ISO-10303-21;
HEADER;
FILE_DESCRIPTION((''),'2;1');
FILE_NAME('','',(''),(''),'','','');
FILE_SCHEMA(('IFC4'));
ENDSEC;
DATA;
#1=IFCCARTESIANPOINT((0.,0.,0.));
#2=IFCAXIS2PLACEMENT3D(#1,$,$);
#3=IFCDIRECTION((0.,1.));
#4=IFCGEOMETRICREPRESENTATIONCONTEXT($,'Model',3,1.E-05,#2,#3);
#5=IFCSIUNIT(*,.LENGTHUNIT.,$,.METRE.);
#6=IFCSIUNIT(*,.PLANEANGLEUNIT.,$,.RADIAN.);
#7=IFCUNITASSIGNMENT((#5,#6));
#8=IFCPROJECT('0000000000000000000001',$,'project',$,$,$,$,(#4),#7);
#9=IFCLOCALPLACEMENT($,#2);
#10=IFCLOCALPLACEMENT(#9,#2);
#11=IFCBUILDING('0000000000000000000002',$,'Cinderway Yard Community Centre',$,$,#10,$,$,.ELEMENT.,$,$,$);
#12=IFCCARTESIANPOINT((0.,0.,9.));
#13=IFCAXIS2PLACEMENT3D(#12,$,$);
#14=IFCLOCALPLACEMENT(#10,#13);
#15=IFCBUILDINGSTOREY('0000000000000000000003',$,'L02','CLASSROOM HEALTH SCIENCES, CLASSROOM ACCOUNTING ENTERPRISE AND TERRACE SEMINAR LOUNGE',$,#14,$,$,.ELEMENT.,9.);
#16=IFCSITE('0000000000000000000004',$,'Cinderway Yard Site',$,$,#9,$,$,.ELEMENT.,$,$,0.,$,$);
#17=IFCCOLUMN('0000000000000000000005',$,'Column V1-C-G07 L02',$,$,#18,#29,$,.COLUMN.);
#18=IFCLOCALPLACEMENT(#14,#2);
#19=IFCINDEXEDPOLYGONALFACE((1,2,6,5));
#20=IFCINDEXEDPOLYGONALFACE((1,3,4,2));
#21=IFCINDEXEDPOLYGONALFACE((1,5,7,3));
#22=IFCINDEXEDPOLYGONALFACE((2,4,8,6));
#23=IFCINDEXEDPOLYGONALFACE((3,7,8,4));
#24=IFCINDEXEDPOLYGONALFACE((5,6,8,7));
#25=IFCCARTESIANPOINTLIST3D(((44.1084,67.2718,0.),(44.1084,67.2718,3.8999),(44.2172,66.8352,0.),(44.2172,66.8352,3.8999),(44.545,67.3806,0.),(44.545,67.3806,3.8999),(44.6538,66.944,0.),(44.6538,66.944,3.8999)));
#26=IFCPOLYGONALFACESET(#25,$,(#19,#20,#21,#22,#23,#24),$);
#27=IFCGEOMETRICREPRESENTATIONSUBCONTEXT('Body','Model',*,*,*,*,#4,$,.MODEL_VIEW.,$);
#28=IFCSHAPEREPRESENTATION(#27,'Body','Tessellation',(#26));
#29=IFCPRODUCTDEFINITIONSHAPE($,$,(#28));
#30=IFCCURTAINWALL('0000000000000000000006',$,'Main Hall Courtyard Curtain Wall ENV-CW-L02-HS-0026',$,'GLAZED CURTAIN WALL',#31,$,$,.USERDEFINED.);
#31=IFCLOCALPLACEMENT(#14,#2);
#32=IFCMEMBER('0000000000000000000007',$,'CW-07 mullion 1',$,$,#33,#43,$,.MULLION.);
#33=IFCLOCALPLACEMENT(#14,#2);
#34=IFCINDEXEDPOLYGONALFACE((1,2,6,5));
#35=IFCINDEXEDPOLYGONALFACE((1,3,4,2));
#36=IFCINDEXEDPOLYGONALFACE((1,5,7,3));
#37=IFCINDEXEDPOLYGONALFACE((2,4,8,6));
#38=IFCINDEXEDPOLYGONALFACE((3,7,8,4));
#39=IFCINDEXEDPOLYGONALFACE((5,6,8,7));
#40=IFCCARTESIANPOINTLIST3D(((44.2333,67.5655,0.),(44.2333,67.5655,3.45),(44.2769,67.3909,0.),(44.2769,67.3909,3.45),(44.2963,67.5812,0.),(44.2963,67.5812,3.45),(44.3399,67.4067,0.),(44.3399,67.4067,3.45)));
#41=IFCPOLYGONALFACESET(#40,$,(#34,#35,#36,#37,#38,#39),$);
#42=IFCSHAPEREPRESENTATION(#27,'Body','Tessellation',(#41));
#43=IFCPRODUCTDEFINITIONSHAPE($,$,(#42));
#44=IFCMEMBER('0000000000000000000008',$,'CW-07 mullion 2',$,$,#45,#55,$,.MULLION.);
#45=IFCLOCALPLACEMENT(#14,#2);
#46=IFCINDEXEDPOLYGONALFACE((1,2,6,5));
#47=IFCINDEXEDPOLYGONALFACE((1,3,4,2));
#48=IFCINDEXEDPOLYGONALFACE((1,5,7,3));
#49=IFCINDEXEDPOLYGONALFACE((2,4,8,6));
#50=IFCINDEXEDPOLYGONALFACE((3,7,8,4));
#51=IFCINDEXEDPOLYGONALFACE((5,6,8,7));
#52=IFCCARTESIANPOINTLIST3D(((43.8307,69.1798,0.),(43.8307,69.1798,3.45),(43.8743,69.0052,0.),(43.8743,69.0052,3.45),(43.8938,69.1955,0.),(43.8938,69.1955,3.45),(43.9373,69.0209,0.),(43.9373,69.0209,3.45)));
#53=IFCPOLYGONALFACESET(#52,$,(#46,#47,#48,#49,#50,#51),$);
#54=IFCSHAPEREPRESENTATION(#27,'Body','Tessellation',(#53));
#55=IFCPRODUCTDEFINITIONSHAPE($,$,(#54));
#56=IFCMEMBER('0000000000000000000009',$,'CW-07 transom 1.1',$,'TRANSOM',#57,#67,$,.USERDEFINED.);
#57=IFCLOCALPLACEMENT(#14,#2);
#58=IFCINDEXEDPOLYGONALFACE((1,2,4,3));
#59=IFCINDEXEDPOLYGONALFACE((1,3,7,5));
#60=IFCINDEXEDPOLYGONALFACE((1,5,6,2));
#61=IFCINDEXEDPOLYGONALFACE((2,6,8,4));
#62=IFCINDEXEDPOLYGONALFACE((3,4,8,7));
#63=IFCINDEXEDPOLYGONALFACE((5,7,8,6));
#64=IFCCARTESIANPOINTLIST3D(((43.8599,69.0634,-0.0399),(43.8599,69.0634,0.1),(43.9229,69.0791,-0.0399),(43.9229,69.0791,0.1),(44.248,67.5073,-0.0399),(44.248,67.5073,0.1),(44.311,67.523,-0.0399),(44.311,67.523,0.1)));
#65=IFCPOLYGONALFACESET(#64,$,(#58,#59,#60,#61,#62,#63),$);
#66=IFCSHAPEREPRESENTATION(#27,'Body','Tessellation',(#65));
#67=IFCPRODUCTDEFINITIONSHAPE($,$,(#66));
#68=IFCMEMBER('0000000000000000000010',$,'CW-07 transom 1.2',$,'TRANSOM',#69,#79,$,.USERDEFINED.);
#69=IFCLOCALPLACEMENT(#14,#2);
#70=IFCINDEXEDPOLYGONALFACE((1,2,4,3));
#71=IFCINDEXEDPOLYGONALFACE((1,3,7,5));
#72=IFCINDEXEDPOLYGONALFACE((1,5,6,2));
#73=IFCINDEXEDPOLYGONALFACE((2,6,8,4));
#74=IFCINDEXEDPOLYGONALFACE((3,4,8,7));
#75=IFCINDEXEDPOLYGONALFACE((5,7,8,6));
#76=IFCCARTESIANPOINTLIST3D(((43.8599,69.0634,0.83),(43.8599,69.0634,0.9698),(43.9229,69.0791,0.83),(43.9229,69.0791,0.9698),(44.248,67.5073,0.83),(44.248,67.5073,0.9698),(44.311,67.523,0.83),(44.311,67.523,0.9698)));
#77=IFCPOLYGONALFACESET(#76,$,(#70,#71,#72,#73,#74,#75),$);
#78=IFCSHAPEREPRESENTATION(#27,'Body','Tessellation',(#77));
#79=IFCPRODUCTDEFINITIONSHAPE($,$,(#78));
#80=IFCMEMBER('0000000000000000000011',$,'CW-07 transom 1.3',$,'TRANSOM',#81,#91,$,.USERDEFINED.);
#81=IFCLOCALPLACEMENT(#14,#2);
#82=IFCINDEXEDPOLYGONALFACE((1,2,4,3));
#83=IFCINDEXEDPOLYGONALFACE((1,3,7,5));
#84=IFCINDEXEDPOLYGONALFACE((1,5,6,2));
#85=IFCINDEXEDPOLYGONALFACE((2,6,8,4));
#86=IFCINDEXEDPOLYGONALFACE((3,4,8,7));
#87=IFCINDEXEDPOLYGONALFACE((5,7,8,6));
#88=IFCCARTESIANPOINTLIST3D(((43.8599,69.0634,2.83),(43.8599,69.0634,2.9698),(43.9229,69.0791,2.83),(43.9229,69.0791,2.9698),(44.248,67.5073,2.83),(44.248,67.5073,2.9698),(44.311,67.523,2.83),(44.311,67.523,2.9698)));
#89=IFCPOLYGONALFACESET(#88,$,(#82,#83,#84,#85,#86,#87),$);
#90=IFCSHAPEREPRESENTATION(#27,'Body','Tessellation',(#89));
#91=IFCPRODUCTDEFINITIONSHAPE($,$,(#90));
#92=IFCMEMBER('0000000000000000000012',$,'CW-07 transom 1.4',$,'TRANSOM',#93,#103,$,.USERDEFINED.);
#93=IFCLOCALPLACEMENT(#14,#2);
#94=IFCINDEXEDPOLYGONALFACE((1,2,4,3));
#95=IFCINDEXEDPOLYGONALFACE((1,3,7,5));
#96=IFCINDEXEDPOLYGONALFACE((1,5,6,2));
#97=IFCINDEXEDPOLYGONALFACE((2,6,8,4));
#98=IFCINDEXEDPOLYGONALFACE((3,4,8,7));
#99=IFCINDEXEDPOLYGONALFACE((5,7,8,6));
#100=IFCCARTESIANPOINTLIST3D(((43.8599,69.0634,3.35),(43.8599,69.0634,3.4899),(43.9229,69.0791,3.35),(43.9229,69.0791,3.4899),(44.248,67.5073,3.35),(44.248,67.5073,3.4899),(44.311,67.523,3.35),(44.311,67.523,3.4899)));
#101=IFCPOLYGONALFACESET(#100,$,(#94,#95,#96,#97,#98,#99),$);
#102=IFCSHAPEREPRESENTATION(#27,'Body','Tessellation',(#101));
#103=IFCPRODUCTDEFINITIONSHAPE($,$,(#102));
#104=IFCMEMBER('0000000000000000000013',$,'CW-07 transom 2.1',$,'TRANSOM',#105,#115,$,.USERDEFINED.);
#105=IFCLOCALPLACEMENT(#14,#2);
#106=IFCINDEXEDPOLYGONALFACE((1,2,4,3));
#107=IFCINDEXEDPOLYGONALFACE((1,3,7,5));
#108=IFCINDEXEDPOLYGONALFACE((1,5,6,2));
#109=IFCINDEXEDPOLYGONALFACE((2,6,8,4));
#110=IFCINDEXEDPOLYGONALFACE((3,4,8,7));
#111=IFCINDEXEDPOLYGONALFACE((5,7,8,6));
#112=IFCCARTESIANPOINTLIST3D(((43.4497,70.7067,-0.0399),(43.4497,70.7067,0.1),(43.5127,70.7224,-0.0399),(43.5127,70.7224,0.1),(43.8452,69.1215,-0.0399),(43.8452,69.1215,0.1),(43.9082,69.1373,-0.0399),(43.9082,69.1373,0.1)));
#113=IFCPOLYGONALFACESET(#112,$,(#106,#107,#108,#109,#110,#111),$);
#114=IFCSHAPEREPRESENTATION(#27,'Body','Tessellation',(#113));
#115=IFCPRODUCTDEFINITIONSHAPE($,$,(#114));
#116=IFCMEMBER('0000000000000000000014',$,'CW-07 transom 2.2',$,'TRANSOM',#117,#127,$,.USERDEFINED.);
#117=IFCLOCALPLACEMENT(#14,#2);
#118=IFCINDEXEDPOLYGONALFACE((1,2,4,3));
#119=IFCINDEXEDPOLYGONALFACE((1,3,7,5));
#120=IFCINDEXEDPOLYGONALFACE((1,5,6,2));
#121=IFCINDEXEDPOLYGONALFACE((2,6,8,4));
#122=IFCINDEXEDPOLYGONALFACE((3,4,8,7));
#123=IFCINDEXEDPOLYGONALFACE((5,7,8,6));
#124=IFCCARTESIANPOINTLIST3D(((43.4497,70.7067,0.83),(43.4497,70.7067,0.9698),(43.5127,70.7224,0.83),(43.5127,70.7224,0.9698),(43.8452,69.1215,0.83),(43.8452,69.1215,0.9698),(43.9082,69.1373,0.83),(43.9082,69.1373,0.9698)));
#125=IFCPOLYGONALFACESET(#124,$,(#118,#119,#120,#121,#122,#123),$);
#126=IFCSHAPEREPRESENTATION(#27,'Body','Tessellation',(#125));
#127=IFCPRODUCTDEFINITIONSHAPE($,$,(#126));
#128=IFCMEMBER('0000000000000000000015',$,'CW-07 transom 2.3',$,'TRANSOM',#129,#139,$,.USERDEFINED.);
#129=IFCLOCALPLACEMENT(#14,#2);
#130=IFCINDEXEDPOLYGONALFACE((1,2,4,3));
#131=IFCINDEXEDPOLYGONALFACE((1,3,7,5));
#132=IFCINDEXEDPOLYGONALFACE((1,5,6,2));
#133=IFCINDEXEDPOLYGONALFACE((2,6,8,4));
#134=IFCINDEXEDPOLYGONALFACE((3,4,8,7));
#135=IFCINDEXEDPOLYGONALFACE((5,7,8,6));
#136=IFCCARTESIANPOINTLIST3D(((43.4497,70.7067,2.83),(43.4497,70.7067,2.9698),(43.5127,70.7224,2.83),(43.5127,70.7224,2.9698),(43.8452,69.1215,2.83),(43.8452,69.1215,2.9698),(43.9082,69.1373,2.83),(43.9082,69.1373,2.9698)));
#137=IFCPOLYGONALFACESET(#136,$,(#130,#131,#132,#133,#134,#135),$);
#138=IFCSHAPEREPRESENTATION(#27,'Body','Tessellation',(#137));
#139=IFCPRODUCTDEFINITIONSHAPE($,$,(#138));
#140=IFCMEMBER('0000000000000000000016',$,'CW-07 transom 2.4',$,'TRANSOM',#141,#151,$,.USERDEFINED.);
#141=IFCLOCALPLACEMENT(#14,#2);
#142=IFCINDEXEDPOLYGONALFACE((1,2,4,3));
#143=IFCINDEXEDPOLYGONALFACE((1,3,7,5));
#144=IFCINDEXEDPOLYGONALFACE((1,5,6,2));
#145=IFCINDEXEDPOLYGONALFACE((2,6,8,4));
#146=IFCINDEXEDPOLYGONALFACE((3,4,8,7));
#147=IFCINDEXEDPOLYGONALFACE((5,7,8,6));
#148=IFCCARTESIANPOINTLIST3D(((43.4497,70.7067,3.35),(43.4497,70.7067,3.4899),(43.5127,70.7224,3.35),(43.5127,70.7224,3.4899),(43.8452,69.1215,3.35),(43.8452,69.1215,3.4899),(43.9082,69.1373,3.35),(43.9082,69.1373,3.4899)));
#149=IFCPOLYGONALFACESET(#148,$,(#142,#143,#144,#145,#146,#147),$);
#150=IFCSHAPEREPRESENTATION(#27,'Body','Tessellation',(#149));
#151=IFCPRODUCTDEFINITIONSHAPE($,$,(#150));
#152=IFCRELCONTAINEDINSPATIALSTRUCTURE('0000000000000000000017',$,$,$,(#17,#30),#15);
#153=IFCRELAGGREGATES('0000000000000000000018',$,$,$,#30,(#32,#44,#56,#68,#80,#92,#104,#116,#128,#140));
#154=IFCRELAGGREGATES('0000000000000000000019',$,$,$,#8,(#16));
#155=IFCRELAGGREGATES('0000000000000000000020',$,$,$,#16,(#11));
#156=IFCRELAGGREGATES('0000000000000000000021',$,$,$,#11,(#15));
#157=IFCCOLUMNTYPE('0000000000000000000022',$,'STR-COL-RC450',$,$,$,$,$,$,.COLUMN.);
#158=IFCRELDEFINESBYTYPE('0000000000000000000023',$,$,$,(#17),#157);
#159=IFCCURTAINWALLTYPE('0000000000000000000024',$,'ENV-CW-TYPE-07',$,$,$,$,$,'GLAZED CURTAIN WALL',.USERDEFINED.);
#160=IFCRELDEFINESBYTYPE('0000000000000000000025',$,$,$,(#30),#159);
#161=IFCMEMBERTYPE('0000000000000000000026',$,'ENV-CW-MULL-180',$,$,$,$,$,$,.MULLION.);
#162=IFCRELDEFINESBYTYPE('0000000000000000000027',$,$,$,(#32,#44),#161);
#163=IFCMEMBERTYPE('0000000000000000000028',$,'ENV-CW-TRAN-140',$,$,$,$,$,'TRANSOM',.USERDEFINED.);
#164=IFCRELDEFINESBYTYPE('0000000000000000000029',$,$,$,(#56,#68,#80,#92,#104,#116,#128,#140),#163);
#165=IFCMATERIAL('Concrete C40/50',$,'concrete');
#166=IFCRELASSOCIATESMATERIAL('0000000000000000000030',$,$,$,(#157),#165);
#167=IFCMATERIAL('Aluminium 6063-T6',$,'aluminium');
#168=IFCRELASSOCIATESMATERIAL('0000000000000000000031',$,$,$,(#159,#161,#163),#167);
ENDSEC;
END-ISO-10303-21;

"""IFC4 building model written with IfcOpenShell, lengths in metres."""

from ifc_helpers import new_model, si_unit, direction, frame, origin, origin_2d, place, context, subcontext, project, spatial, rectangle, extrude, material, material_profile, profile_set, type_object, element, aggregate, save


model = new_model("IFC4")

# Units and contexts
model_context = context("Model", 3, precision=1e-05, world=origin(), true_north=direction((0.0, 1.0)))
body_context = subcontext(model_context, "Body", "Model", "MODEL_VIEW")
ifc_project = project(units=[si_unit("LENGTHUNIT", "METRE"), si_unit("PLANEANGLEUNIT", "RADIAN")], contexts=[model_context])

# Site, building, storey
site_placement = place(None, origin())
site = spatial("IfcSite", under=ifc_project, at=site_placement, Name="Cinderway Yard Site", CompositionType="ELEMENT", RefElevation=0.0)
building_placement = place(site_placement, origin())
building = spatial("IfcBuilding", under=site, at=building_placement, Name="Cinderway Yard Community Centre", CompositionType="ELEMENT")
storey_placement = place(building_placement, frame((0.0, 0.0, 9.0)))
storey = spatial("IfcBuildingStorey", under=building, at=storey_placement, Name="L02", Description="CLASSROOM HEALTH SCIENCES, CLASSROOM ACCOUNTING ENTERPRISE AND TERRACE SEMINAR LOUNGE", CompositionType="ELEMENT", Elevation=9.0)

# Column
ifc_material_1 = material(Name="Concrete C40/50", Category="concrete")
ifc_material_profile_1 = material_profile(ifc_material_1, rectangle(XDim=0.45, YDim=0.45, at=origin_2d()), Name="Concrete C40/50")
ifc_profile_set_1 = profile_set([ifc_material_profile_1], Name="Concrete C40/50")
column_type = type_object("IfcColumnType", Name="STR-COL-RC450", PredefinedType="COLUMN", material=ifc_profile_set_1)
column_placement = place(storey_placement, frame((44.3811, 67.1079, 0.0), z_axis=(0.0, 0.0, 1.0), x_axis=(0.970296, 0.241922, 0.0)))
element("IfcColumn", 1, at=column_placement, inside=storey, type_object=column_type, Name="Column V1-C-G07 L02", PredefinedType="COLUMN", context=body_context, shape_type="SweptSolid", body=[
    extrude(rectangle(XDim=0.45, YDim=0.45, at=origin_2d()), origin(), (0.0, 0.0, 1.0), 3.8999),
])

# Curtain wall, members
ifc_material_2 = material(Name="Aluminium 6063-T6", Category="aluminium")
curtain_wall_type = type_object("IfcCurtainWallType", Name="ENV-CW-TYPE-07", ElementType="GLAZED CURTAIN WALL", PredefinedType="USERDEFINED", material=ifc_material_2)
curtain_wall_placement = place(storey_placement, origin())
curtain_wall = element("IfcCurtainWall", 2, at=curtain_wall_placement, inside=storey, type_object=curtain_wall_type, Name="Main Hall Courtyard Curtain Wall ENV-CW-L02-HS-0026", ObjectType="GLAZED CURTAIN WALL", PredefinedType="USERDEFINED")
ifc_material_profile_2 = material_profile(ifc_material_2, rectangle(XDim=0.0649, YDim=0.1799, at=origin_2d()), Name="Aluminium 6063-T6")
ifc_profile_set_2 = profile_set([ifc_material_profile_2], Name="Aluminium 6063-T6")
member_type_1 = type_object("IfcMemberType", Name="ENV-CW-MULL-180", PredefinedType="MULLION", material=ifc_profile_set_2)
member_1_placement = place(storey_placement, frame((44.2866, 67.4861, 0.0), z_axis=(0.0, 0.0, 1.0), x_axis=(-0.970258, -0.242073, 0.0)))
member_1 = element("IfcMember", 3, at=member_1_placement, type_object=member_type_1, Name="CW-07 mullion 1", PredefinedType="MULLION", context=body_context, shape_type="SweptSolid", body=[
    extrude(rectangle(XDim=0.0649, YDim=0.1799, at=origin_2d()), origin(), (0.0, 0.0, 1.0), 3.45),
])
member_2_placement = place(storey_placement, frame((43.884, 69.1003, 0.0), z_axis=(0.0, 0.0, 1.0), x_axis=(-0.970258, -0.242073, 0.0)))
member_2 = element("IfcMember", 4, at=member_2_placement, type_object=member_type_1, Name="CW-07 mullion 2", PredefinedType="MULLION", context=body_context, shape_type="SweptSolid", body=[
    extrude(rectangle(XDim=0.0649, YDim=0.1799, at=origin_2d()), origin(), (0.0, 0.0, 1.0), 3.45),
])
ifc_material_profile_3 = material_profile(ifc_material_2, rectangle(XDim=0.0649, YDim=0.1399, at=origin_2d()), Name="Aluminium 6063-T6")
ifc_profile_set_3 = profile_set([ifc_material_profile_3], Name="Aluminium 6063-T6")
member_type_2 = type_object("IfcMemberType", Name="ENV-CW-TRAN-140", ElementType="TRANSOM", PredefinedType="USERDEFINED", material=ifc_profile_set_3)
member_3_placement = place(storey_placement, frame((44.2795, 67.5151, 0.03), z_axis=(-0.242034, 0.970268, 0.0), x_axis=(-0.970268, -0.242034, 0.0)))
member_3 = element("IfcMember", 5, at=member_3_placement, type_object=member_type_2, Name="CW-07 transom 1.1", ObjectType="TRANSOM", PredefinedType="USERDEFINED", context=body_context, shape_type="SweptSolid", body=[
    extrude(rectangle(XDim=0.0649, YDim=0.1399, at=origin_2d()), origin(), (0.0, 0.0, 1.0), 1.6038),
])
member_4_placement = place(storey_placement, frame((44.2795, 67.5151, 0.8999), z_axis=(-0.242034, 0.970268, 0.0), x_axis=(-0.970268, -0.242034, 0.0)))
member_4 = element("IfcMember", 6, at=member_4_placement, type_object=member_type_2, Name="CW-07 transom 1.2", ObjectType="TRANSOM", PredefinedType="USERDEFINED", context=body_context, shape_type="SweptSolid", body=[
    extrude(rectangle(XDim=0.0649, YDim=0.1399, at=origin_2d()), origin(), (0.0, 0.0, 1.0), 1.6038),
])
member_5_placement = place(storey_placement, frame((44.2795, 67.5151, 2.8999), z_axis=(-0.242034, 0.970268, 0.0), x_axis=(-0.970268, -0.242034, 0.0)))
member_5 = element("IfcMember", 7, at=member_5_placement, type_object=member_type_2, Name="CW-07 transom 1.3", ObjectType="TRANSOM", PredefinedType="USERDEFINED", context=body_context, shape_type="SweptSolid", body=[
    extrude(rectangle(XDim=0.0649, YDim=0.1399, at=origin_2d()), origin(), (0.0, 0.0, 1.0), 1.6038),
])
member_6_placement = place(storey_placement, frame((44.2795, 67.5151, 3.4199), z_axis=(-0.242034, 0.970268, 0.0), x_axis=(-0.970268, -0.242034, 0.0)))
member_6 = element("IfcMember", 8, at=member_6_placement, type_object=member_type_2, Name="CW-07 transom 1.4", ObjectType="TRANSOM", PredefinedType="USERDEFINED", context=body_context, shape_type="SweptSolid", body=[
    extrude(rectangle(XDim=0.0649, YDim=0.1399, at=origin_2d()), origin(), (0.0, 0.0, 1.0), 1.6038),
])
member_7_placement = place(storey_placement, frame((43.8767, 69.1294, 0.03), z_axis=(-0.242079, 0.970257, 0.0), x_axis=(-0.970257, -0.242079, 0.0)))
member_7 = element("IfcMember", 9, at=member_7_placement, type_object=member_type_2, Name="CW-07 transom 2.1", ObjectType="TRANSOM", PredefinedType="USERDEFINED", context=body_context, shape_type="SweptSolid", body=[
    extrude(rectangle(XDim=0.0649, YDim=0.1399, at=origin_2d()), origin(), (0.0, 0.0, 1.0), 1.6338),
])
member_8_placement = place(storey_placement, frame((43.8767, 69.1294, 0.8999), z_axis=(-0.242079, 0.970257, 0.0), x_axis=(-0.970257, -0.242079, 0.0)))
member_8 = element("IfcMember", 10, at=member_8_placement, type_object=member_type_2, Name="CW-07 transom 2.2", ObjectType="TRANSOM", PredefinedType="USERDEFINED", context=body_context, shape_type="SweptSolid", body=[
    extrude(rectangle(XDim=0.0649, YDim=0.1399, at=origin_2d()), origin(), (0.0, 0.0, 1.0), 1.6338),
])
member_9_placement = place(storey_placement, frame((43.8767, 69.1294, 2.8999), z_axis=(-0.242079, 0.970257, 0.0), x_axis=(-0.970257, -0.242079, 0.0)))
member_9 = element("IfcMember", 11, at=member_9_placement, type_object=member_type_2, Name="CW-07 transom 2.3", ObjectType="TRANSOM", PredefinedType="USERDEFINED", context=body_context, shape_type="SweptSolid", body=[
    extrude(rectangle(XDim=0.0649, YDim=0.1399, at=origin_2d()), origin(), (0.0, 0.0, 1.0), 1.6338),
])
member_10_placement = place(storey_placement, frame((43.8767, 69.1294, 3.4199), z_axis=(-0.242079, 0.970257, 0.0), x_axis=(-0.970257, -0.242079, 0.0)))
member_10 = element("IfcMember", 12, at=member_10_placement, type_object=member_type_2, Name="CW-07 transom 2.4", ObjectType="TRANSOM", PredefinedType="USERDEFINED", context=body_context, shape_type="SweptSolid", body=[
    extrude(rectangle(XDim=0.0649, YDim=0.1399, at=origin_2d()), origin(), (0.0, 0.0, 1.0), 1.6338),
])

aggregate(curtain_wall, [member_1, member_2, member_3, member_4, member_5, member_6, member_7, member_8, member_9, member_10])

save(model, "model.ifc")
